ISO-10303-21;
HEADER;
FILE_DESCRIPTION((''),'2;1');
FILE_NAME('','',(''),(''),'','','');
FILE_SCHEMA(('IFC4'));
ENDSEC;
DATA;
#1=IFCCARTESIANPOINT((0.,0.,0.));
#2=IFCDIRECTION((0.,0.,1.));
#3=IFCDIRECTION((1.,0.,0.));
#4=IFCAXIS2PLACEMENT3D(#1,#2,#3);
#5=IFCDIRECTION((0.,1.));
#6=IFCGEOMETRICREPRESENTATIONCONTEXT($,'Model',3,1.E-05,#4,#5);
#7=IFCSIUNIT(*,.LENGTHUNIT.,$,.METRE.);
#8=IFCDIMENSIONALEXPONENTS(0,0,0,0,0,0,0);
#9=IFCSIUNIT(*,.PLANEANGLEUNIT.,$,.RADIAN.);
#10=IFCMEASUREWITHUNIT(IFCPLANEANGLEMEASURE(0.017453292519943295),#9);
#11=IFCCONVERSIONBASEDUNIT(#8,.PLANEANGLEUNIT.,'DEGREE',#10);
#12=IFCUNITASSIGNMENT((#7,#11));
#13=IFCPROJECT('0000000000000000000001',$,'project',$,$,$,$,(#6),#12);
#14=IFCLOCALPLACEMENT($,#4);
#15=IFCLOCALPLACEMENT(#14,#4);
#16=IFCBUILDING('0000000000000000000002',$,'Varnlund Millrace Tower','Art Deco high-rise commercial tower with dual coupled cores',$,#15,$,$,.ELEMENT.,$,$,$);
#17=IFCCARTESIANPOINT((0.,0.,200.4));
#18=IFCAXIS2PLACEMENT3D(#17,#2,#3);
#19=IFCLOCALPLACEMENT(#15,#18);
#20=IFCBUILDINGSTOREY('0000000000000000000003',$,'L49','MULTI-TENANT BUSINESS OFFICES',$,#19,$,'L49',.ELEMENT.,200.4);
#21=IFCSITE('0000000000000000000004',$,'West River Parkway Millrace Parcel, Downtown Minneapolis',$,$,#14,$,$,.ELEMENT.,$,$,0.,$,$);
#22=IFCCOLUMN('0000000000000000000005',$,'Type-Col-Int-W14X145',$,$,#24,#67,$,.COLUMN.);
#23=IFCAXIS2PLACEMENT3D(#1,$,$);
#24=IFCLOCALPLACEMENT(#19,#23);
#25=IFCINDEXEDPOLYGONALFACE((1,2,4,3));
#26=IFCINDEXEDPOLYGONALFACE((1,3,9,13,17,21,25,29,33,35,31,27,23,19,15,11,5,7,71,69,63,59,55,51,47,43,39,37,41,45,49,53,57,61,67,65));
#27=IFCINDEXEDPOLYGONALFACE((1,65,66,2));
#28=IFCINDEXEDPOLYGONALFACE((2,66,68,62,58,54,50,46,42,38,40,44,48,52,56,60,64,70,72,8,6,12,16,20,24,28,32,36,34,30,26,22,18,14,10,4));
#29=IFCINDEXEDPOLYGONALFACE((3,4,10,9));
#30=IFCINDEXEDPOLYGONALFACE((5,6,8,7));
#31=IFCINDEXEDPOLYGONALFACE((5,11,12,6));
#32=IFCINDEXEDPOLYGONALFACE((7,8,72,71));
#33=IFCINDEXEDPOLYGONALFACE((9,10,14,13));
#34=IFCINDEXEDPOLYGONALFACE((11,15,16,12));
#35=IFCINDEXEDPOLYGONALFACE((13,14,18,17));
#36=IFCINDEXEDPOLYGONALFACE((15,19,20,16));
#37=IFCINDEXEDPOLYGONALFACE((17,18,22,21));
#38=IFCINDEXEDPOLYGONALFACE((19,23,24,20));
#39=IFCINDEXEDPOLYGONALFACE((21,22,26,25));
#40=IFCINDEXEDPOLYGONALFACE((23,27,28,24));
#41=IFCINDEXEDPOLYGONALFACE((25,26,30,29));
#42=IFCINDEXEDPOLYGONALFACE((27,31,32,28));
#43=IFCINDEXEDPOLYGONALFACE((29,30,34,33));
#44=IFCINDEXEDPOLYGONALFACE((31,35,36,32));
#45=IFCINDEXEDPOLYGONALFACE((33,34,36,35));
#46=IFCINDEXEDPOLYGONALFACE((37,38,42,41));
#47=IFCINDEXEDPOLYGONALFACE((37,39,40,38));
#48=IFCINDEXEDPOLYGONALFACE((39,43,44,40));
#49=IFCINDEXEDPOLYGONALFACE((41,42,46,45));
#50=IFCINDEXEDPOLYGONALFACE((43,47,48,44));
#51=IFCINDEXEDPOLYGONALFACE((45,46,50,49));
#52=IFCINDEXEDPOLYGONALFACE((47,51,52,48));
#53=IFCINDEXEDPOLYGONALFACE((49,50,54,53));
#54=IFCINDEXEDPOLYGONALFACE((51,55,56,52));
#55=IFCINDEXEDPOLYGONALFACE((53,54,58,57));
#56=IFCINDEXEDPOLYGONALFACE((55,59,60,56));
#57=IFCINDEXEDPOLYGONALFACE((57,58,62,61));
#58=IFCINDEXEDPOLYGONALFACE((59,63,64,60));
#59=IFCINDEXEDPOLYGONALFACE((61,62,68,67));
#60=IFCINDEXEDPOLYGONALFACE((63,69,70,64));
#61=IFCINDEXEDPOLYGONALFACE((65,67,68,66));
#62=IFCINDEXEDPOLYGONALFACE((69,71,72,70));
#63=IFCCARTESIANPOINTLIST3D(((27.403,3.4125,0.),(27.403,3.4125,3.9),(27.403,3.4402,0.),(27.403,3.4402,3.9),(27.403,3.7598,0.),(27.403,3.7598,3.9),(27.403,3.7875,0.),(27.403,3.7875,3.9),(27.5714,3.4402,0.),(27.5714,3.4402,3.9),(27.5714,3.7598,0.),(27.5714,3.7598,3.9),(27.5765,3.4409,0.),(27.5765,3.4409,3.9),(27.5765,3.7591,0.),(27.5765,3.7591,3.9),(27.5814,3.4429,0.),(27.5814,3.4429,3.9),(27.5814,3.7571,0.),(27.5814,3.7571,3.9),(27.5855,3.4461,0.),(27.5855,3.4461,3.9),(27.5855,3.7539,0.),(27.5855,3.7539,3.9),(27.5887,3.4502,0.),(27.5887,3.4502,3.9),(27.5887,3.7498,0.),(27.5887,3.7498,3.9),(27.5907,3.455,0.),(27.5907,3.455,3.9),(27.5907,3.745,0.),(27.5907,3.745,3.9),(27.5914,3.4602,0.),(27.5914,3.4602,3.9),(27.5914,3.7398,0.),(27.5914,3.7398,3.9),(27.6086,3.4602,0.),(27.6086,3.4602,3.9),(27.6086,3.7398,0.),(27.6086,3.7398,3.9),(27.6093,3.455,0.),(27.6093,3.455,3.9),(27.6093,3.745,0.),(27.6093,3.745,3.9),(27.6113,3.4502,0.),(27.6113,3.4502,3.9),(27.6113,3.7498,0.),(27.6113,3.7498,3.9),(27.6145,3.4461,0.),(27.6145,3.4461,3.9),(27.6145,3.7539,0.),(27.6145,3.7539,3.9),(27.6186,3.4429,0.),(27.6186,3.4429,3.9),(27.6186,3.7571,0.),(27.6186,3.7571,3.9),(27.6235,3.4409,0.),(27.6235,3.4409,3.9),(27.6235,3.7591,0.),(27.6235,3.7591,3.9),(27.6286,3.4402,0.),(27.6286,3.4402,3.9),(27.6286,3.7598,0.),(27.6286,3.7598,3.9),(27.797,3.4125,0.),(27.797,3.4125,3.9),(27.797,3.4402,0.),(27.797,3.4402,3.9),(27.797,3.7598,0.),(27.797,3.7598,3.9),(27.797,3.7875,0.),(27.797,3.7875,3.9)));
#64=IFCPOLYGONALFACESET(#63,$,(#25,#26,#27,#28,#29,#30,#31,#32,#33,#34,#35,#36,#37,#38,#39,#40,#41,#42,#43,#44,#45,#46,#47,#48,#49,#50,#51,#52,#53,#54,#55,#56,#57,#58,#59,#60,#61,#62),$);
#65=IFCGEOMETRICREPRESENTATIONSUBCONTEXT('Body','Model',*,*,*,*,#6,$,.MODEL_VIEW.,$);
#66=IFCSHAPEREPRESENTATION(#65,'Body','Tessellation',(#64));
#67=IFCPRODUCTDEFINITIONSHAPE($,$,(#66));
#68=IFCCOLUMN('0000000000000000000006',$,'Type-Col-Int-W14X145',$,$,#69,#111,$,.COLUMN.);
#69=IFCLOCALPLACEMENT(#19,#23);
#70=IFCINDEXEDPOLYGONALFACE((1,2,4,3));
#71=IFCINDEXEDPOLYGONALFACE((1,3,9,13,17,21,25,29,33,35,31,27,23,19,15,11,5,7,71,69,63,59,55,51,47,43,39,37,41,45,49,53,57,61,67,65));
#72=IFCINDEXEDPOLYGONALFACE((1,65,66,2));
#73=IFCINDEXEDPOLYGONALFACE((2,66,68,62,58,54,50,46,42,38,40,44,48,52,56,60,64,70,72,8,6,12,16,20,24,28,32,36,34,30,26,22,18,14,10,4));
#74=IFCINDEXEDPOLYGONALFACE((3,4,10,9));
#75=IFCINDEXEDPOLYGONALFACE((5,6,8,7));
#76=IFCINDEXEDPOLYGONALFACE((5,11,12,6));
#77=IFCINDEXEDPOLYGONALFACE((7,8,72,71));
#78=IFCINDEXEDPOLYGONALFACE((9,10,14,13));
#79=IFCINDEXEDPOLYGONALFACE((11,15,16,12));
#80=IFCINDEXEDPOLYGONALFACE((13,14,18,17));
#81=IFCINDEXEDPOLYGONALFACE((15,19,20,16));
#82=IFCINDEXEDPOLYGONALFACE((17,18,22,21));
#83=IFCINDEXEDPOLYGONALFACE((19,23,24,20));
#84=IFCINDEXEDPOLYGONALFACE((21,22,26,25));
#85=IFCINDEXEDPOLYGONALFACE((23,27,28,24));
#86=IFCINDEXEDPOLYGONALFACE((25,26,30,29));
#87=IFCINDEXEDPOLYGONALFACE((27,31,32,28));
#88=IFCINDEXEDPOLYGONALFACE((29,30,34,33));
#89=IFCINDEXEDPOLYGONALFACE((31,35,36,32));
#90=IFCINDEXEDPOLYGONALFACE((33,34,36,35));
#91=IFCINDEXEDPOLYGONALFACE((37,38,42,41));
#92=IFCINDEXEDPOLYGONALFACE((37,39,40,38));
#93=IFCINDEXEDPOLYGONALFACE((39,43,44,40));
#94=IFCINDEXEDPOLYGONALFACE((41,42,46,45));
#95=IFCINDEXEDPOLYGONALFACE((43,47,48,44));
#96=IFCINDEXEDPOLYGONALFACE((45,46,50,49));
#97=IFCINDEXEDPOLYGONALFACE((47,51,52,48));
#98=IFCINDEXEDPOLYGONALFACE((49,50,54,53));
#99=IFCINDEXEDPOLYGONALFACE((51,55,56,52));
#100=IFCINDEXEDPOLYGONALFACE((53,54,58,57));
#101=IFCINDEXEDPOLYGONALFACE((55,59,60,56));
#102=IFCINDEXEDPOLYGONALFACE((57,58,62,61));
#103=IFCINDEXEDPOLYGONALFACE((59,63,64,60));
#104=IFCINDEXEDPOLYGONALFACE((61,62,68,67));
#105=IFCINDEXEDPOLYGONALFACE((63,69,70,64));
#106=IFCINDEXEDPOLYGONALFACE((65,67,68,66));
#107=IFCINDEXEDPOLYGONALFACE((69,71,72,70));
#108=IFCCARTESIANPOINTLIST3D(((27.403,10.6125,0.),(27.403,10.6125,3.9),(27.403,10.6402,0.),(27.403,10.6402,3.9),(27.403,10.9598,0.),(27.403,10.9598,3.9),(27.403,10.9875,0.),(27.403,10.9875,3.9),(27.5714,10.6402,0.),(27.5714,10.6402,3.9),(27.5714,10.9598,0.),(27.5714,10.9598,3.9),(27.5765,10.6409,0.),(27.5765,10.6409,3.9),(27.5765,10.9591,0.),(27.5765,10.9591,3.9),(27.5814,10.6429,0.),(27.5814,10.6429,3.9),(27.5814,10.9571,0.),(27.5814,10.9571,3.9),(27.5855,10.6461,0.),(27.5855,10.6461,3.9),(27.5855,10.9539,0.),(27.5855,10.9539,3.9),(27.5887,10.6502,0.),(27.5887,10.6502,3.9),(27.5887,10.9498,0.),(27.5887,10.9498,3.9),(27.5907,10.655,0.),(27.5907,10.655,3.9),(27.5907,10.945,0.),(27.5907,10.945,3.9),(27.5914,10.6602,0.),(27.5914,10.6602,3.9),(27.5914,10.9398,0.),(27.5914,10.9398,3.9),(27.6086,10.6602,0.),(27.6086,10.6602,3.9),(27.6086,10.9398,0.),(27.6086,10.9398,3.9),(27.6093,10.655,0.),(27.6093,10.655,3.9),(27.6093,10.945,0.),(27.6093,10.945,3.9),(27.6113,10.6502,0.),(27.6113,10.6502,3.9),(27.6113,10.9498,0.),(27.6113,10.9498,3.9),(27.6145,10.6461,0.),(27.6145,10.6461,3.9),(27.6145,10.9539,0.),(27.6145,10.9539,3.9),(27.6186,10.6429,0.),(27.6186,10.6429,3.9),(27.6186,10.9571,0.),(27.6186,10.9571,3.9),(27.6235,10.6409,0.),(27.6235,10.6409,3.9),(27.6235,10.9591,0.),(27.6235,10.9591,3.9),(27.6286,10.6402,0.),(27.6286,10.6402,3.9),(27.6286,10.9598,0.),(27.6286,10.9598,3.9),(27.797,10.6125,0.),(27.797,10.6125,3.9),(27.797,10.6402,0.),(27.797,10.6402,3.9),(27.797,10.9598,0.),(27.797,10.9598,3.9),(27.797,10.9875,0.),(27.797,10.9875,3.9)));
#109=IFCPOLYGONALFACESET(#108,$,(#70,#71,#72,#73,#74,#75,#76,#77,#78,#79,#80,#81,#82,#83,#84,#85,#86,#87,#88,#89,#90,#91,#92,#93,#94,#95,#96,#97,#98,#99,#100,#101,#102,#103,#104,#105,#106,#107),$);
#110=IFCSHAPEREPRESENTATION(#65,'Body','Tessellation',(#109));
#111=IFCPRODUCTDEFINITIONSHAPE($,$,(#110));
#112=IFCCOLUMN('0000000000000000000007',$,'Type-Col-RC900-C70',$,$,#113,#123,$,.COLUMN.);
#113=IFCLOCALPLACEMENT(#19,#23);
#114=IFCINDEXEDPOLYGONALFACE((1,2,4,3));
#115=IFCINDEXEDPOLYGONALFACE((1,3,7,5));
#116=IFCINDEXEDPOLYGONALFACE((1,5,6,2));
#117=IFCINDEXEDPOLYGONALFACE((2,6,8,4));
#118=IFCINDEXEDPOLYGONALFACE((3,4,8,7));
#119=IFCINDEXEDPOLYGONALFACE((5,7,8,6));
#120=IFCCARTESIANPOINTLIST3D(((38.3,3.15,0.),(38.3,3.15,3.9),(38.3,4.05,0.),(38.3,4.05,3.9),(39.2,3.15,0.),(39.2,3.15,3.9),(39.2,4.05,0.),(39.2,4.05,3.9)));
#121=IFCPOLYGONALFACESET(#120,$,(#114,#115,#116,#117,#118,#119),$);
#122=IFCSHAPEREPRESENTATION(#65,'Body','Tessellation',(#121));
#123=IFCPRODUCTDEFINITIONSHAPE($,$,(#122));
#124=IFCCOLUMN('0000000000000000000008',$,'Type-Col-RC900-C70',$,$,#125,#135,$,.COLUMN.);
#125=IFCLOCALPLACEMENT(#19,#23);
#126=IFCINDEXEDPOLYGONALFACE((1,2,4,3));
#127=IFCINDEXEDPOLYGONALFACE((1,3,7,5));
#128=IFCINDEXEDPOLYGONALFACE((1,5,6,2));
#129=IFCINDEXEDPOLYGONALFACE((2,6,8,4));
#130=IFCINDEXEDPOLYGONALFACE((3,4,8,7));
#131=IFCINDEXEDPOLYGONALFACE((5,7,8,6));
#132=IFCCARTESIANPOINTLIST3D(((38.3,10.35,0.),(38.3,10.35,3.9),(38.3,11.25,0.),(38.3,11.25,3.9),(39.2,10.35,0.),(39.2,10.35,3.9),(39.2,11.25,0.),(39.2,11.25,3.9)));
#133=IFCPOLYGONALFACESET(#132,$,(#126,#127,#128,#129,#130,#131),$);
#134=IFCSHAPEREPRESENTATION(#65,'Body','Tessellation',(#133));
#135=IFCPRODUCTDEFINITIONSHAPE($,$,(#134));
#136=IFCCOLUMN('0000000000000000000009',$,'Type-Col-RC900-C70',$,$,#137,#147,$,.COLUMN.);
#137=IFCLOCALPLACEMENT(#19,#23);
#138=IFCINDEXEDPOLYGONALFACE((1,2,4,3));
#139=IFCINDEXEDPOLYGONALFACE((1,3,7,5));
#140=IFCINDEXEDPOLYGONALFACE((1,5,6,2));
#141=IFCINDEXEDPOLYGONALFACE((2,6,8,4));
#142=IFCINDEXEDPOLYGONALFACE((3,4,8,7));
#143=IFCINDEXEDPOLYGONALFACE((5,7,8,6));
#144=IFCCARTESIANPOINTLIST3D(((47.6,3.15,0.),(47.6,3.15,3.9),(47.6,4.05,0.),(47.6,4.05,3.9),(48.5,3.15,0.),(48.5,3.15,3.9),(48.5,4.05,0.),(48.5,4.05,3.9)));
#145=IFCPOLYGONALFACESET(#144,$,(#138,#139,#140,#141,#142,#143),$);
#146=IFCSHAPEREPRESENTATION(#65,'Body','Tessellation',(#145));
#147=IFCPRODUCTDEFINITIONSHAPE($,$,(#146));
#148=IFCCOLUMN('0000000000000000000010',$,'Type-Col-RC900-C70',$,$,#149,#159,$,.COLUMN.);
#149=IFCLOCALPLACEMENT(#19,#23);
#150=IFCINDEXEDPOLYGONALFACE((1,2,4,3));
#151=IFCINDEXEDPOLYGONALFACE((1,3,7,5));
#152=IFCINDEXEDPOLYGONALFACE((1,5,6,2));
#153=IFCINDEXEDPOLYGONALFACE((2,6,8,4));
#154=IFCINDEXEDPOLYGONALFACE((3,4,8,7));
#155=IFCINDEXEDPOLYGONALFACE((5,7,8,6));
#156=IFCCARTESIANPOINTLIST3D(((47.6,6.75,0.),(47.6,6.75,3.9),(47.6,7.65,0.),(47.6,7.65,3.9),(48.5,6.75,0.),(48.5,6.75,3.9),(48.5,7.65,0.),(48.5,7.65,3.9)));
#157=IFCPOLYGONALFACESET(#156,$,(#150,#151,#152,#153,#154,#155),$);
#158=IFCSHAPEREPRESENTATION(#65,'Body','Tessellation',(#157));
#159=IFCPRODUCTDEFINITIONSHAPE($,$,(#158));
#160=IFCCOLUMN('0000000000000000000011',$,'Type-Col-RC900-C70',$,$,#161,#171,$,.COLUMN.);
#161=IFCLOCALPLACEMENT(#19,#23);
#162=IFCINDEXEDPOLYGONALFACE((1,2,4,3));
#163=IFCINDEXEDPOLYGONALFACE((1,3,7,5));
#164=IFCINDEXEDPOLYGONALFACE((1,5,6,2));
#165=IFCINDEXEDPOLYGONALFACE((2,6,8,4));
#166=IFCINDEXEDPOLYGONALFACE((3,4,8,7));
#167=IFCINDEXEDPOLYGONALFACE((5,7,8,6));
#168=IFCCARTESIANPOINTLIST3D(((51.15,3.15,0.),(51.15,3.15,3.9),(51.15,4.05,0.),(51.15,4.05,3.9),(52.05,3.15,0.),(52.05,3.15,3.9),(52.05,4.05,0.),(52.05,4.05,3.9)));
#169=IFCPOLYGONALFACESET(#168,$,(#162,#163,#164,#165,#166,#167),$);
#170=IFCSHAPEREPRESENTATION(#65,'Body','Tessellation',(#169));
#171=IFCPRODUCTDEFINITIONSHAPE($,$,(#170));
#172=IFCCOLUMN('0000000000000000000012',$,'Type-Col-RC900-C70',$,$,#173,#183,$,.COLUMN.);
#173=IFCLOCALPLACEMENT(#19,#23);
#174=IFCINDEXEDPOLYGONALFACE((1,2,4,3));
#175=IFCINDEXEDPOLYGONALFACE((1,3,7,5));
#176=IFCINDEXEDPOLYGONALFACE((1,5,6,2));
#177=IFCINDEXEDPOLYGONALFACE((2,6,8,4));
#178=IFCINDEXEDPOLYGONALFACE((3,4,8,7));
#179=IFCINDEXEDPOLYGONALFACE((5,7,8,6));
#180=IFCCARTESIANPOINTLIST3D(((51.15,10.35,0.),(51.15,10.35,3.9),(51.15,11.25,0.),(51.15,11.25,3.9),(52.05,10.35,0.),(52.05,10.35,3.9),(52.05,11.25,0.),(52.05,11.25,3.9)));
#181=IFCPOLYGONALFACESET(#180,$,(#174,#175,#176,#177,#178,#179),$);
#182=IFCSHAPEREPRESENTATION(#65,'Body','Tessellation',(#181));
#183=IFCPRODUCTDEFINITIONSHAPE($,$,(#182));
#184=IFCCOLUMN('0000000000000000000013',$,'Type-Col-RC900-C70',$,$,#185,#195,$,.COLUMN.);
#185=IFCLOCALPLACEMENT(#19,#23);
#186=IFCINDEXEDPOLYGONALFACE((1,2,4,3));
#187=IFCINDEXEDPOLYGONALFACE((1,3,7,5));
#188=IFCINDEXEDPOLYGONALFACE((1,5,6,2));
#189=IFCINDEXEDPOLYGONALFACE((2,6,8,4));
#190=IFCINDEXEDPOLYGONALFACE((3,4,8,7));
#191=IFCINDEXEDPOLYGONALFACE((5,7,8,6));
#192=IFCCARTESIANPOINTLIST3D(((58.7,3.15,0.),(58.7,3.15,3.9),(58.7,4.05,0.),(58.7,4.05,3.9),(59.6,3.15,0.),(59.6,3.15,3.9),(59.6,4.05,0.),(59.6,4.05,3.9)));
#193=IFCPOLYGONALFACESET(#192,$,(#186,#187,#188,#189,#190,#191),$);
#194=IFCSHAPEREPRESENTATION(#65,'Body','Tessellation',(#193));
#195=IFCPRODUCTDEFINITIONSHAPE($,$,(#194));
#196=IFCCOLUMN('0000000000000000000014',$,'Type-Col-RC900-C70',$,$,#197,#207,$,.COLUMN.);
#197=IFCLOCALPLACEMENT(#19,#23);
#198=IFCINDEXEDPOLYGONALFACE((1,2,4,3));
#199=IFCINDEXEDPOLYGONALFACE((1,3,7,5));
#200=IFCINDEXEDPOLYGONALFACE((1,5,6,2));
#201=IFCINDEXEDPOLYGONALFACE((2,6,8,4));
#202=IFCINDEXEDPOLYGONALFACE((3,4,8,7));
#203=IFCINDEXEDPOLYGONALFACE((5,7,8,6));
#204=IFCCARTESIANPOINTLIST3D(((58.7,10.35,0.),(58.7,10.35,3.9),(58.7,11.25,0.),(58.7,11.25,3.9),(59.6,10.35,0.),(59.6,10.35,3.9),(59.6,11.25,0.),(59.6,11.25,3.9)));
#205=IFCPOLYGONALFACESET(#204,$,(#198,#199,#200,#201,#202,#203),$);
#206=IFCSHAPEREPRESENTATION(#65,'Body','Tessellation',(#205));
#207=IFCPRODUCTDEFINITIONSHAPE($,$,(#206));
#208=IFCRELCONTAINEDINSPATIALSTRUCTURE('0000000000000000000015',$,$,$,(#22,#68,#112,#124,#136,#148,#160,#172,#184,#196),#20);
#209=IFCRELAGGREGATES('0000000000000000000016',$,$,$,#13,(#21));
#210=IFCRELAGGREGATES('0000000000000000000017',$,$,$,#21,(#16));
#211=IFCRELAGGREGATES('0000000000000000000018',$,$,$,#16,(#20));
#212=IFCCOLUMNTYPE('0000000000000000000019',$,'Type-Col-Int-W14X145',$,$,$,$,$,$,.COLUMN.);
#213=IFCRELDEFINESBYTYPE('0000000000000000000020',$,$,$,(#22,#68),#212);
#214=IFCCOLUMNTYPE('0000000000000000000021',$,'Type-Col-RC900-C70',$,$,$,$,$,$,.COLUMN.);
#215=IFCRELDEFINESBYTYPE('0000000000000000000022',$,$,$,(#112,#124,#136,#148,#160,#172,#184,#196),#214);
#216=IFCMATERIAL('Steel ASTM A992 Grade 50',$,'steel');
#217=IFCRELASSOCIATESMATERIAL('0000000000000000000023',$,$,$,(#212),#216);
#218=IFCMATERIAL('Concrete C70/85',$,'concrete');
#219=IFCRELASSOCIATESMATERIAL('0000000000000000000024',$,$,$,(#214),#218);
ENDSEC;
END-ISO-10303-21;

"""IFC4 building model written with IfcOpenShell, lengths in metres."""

from ifc_helpers import new_model, entity, si_unit, converted_unit, direction, frame, origin_with_axes, origin_2d_with_axis, place, context, subcontext, project, spatial, rectangle, i_section, extrude, material, material_profile, profile_set, type_object, element, save


model = new_model("IFC4")

# Units and contexts
model_context = context("Model", 3, precision=1e-05, world=origin_with_axes(), true_north=direction((0.0, 1.0)))
body_context = subcontext(model_context, "Body", "Model", "MODEL_VIEW")
ifc_project = project(units=[si_unit("LENGTHUNIT", "METRE"), converted_unit("PLANEANGLEUNIT", "DEGREE", entity("IfcPlaneAngleMeasure", 0.017453292519943295), si_unit("PLANEANGLEUNIT", "RADIAN"), dimensions=[0, 0, 0, 0, 0, 0, 0])], contexts=[model_context])

# Site, building, storey
site_placement = place(None, origin_with_axes())
site = spatial("IfcSite", under=ifc_project, at=site_placement, Name="West River Parkway Millrace Parcel, Downtown Minneapolis", CompositionType="ELEMENT", RefElevation=0.0)
building_placement = place(site_placement, origin_with_axes())
building = spatial("IfcBuilding", under=site, at=building_placement, Name="Varnlund Millrace Tower", Description="Art Deco high-rise commercial tower with dual coupled cores", CompositionType="ELEMENT")
storey_placement = place(building_placement, frame((0.0, 0.0, 200.4), z_axis=(0.0, 0.0, 1.0), x_axis=(1.0, 0.0, 0.0)))
storey = spatial("IfcBuildingStorey", under=building, at=storey_placement, Name="L49", Description="MULTI-TENANT BUSINESS OFFICES", LongName="L49", CompositionType="ELEMENT", Elevation=200.4)

# Columns
ifc_material_1 = material(Name="Steel ASTM A992 Grade 50", Category="steel")
ifc_material_profile_1 = material_profile(ifc_material_1, i_section(OverallWidth=0.394, OverallDepth=0.375, WebThickness=0.0173, FlangeThickness=0.0277, FilletRadius=0.02, at=origin_2d_with_axis()), Name="Steel ASTM A992 Grade 50")
ifc_profile_set_1 = profile_set([ifc_material_profile_1], Name="Steel ASTM A992 Grade 50")
column_type_1 = type_object("IfcColumnType", Name="Type-Col-Int-W14X145", PredefinedType="COLUMN", material=ifc_profile_set_1)
for number, where, z_axis, x_axis, name in (
    (1, (27.6, 3.6, 0.0), (0.0, 0.0, 1.0), (1.0, 0.0, 0.0), "Type-Col-Int-W14X145"),
    (2, (27.6, 10.8, 0.0), (0.0, 0.0, 1.0), (1.0, 0.0, 0.0), "Type-Col-Int-W14X145"),
):
    element("IfcColumn", number, at=place(storey_placement, frame(where, z_axis=z_axis, x_axis=x_axis)), inside=storey, type_object=column_type_1, Name=name, PredefinedType="COLUMN", context=body_context, shape_type="SweptSolid", body=[
        extrude(i_section(OverallWidth=0.394, OverallDepth=0.375, WebThickness=0.0173, FlangeThickness=0.0277, FilletRadius=0.02, at=origin_2d_with_axis()), origin_with_axes(), (0.0, 0.0, 1.0), 3.9),
    ])
ifc_material_2 = material(Name="Concrete C70/85", Category="concrete")
ifc_material_profile_2 = material_profile(ifc_material_2, rectangle(XDim=0.9, YDim=0.9, at=origin_2d_with_axis()), Name="Concrete C70/85")
ifc_profile_set_2 = profile_set([ifc_material_profile_2], Name="Concrete C70/85")
column_type_2 = type_object("IfcColumnType", Name="Type-Col-RC900-C70", PredefinedType="COLUMN", material=ifc_profile_set_2)
for number, where, z_axis, x_axis, name in (
    (3, (38.75, 3.6, 0.0), (0.0, 0.0, 1.0), (1.0, 0.0, 0.0), "Type-Col-RC900-C70"),
    (4, (38.75, 10.8, 0.0), (0.0, 0.0, 1.0), (1.0, 0.0, 0.0), "Type-Col-RC900-C70"),
    (5, (48.05, 3.6, 0.0), (0.0, 0.0, 1.0), (1.0, 0.0, 0.0), "Type-Col-RC900-C70"),
    (6, (48.05, 7.2, 0.0), (0.0, 0.0, 1.0), (1.0, 0.0, 0.0), "Type-Col-RC900-C70"),
    (7, (51.6, 3.6, 0.0), (0.0, 0.0, 1.0), (1.0, 0.0, 0.0), "Type-Col-RC900-C70"),
    (8, (51.6, 10.8, 0.0), (0.0, 0.0, 1.0), (1.0, 0.0, 0.0), "Type-Col-RC900-C70"),
    (9, (59.15, 3.6, 0.0), (0.0, 0.0, 1.0), (1.0, 0.0, 0.0), "Type-Col-RC900-C70"),
    (10, (59.15, 10.8, 0.0), (0.0, 0.0, 1.0), (1.0, 0.0, 0.0), "Type-Col-RC900-C70"),
):
    element("IfcColumn", number, at=place(storey_placement, frame(where, z_axis=z_axis, x_axis=x_axis)), inside=storey, type_object=column_type_2, Name=name, PredefinedType="COLUMN", context=body_context, shape_type="SweptSolid", body=[
        extrude(rectangle(XDim=0.9, YDim=0.9, at=origin_2d_with_axis()), origin_with_axes(), (0.0, 0.0, 1.0), 3.9),
    ])

save(model, "model.ifc")
